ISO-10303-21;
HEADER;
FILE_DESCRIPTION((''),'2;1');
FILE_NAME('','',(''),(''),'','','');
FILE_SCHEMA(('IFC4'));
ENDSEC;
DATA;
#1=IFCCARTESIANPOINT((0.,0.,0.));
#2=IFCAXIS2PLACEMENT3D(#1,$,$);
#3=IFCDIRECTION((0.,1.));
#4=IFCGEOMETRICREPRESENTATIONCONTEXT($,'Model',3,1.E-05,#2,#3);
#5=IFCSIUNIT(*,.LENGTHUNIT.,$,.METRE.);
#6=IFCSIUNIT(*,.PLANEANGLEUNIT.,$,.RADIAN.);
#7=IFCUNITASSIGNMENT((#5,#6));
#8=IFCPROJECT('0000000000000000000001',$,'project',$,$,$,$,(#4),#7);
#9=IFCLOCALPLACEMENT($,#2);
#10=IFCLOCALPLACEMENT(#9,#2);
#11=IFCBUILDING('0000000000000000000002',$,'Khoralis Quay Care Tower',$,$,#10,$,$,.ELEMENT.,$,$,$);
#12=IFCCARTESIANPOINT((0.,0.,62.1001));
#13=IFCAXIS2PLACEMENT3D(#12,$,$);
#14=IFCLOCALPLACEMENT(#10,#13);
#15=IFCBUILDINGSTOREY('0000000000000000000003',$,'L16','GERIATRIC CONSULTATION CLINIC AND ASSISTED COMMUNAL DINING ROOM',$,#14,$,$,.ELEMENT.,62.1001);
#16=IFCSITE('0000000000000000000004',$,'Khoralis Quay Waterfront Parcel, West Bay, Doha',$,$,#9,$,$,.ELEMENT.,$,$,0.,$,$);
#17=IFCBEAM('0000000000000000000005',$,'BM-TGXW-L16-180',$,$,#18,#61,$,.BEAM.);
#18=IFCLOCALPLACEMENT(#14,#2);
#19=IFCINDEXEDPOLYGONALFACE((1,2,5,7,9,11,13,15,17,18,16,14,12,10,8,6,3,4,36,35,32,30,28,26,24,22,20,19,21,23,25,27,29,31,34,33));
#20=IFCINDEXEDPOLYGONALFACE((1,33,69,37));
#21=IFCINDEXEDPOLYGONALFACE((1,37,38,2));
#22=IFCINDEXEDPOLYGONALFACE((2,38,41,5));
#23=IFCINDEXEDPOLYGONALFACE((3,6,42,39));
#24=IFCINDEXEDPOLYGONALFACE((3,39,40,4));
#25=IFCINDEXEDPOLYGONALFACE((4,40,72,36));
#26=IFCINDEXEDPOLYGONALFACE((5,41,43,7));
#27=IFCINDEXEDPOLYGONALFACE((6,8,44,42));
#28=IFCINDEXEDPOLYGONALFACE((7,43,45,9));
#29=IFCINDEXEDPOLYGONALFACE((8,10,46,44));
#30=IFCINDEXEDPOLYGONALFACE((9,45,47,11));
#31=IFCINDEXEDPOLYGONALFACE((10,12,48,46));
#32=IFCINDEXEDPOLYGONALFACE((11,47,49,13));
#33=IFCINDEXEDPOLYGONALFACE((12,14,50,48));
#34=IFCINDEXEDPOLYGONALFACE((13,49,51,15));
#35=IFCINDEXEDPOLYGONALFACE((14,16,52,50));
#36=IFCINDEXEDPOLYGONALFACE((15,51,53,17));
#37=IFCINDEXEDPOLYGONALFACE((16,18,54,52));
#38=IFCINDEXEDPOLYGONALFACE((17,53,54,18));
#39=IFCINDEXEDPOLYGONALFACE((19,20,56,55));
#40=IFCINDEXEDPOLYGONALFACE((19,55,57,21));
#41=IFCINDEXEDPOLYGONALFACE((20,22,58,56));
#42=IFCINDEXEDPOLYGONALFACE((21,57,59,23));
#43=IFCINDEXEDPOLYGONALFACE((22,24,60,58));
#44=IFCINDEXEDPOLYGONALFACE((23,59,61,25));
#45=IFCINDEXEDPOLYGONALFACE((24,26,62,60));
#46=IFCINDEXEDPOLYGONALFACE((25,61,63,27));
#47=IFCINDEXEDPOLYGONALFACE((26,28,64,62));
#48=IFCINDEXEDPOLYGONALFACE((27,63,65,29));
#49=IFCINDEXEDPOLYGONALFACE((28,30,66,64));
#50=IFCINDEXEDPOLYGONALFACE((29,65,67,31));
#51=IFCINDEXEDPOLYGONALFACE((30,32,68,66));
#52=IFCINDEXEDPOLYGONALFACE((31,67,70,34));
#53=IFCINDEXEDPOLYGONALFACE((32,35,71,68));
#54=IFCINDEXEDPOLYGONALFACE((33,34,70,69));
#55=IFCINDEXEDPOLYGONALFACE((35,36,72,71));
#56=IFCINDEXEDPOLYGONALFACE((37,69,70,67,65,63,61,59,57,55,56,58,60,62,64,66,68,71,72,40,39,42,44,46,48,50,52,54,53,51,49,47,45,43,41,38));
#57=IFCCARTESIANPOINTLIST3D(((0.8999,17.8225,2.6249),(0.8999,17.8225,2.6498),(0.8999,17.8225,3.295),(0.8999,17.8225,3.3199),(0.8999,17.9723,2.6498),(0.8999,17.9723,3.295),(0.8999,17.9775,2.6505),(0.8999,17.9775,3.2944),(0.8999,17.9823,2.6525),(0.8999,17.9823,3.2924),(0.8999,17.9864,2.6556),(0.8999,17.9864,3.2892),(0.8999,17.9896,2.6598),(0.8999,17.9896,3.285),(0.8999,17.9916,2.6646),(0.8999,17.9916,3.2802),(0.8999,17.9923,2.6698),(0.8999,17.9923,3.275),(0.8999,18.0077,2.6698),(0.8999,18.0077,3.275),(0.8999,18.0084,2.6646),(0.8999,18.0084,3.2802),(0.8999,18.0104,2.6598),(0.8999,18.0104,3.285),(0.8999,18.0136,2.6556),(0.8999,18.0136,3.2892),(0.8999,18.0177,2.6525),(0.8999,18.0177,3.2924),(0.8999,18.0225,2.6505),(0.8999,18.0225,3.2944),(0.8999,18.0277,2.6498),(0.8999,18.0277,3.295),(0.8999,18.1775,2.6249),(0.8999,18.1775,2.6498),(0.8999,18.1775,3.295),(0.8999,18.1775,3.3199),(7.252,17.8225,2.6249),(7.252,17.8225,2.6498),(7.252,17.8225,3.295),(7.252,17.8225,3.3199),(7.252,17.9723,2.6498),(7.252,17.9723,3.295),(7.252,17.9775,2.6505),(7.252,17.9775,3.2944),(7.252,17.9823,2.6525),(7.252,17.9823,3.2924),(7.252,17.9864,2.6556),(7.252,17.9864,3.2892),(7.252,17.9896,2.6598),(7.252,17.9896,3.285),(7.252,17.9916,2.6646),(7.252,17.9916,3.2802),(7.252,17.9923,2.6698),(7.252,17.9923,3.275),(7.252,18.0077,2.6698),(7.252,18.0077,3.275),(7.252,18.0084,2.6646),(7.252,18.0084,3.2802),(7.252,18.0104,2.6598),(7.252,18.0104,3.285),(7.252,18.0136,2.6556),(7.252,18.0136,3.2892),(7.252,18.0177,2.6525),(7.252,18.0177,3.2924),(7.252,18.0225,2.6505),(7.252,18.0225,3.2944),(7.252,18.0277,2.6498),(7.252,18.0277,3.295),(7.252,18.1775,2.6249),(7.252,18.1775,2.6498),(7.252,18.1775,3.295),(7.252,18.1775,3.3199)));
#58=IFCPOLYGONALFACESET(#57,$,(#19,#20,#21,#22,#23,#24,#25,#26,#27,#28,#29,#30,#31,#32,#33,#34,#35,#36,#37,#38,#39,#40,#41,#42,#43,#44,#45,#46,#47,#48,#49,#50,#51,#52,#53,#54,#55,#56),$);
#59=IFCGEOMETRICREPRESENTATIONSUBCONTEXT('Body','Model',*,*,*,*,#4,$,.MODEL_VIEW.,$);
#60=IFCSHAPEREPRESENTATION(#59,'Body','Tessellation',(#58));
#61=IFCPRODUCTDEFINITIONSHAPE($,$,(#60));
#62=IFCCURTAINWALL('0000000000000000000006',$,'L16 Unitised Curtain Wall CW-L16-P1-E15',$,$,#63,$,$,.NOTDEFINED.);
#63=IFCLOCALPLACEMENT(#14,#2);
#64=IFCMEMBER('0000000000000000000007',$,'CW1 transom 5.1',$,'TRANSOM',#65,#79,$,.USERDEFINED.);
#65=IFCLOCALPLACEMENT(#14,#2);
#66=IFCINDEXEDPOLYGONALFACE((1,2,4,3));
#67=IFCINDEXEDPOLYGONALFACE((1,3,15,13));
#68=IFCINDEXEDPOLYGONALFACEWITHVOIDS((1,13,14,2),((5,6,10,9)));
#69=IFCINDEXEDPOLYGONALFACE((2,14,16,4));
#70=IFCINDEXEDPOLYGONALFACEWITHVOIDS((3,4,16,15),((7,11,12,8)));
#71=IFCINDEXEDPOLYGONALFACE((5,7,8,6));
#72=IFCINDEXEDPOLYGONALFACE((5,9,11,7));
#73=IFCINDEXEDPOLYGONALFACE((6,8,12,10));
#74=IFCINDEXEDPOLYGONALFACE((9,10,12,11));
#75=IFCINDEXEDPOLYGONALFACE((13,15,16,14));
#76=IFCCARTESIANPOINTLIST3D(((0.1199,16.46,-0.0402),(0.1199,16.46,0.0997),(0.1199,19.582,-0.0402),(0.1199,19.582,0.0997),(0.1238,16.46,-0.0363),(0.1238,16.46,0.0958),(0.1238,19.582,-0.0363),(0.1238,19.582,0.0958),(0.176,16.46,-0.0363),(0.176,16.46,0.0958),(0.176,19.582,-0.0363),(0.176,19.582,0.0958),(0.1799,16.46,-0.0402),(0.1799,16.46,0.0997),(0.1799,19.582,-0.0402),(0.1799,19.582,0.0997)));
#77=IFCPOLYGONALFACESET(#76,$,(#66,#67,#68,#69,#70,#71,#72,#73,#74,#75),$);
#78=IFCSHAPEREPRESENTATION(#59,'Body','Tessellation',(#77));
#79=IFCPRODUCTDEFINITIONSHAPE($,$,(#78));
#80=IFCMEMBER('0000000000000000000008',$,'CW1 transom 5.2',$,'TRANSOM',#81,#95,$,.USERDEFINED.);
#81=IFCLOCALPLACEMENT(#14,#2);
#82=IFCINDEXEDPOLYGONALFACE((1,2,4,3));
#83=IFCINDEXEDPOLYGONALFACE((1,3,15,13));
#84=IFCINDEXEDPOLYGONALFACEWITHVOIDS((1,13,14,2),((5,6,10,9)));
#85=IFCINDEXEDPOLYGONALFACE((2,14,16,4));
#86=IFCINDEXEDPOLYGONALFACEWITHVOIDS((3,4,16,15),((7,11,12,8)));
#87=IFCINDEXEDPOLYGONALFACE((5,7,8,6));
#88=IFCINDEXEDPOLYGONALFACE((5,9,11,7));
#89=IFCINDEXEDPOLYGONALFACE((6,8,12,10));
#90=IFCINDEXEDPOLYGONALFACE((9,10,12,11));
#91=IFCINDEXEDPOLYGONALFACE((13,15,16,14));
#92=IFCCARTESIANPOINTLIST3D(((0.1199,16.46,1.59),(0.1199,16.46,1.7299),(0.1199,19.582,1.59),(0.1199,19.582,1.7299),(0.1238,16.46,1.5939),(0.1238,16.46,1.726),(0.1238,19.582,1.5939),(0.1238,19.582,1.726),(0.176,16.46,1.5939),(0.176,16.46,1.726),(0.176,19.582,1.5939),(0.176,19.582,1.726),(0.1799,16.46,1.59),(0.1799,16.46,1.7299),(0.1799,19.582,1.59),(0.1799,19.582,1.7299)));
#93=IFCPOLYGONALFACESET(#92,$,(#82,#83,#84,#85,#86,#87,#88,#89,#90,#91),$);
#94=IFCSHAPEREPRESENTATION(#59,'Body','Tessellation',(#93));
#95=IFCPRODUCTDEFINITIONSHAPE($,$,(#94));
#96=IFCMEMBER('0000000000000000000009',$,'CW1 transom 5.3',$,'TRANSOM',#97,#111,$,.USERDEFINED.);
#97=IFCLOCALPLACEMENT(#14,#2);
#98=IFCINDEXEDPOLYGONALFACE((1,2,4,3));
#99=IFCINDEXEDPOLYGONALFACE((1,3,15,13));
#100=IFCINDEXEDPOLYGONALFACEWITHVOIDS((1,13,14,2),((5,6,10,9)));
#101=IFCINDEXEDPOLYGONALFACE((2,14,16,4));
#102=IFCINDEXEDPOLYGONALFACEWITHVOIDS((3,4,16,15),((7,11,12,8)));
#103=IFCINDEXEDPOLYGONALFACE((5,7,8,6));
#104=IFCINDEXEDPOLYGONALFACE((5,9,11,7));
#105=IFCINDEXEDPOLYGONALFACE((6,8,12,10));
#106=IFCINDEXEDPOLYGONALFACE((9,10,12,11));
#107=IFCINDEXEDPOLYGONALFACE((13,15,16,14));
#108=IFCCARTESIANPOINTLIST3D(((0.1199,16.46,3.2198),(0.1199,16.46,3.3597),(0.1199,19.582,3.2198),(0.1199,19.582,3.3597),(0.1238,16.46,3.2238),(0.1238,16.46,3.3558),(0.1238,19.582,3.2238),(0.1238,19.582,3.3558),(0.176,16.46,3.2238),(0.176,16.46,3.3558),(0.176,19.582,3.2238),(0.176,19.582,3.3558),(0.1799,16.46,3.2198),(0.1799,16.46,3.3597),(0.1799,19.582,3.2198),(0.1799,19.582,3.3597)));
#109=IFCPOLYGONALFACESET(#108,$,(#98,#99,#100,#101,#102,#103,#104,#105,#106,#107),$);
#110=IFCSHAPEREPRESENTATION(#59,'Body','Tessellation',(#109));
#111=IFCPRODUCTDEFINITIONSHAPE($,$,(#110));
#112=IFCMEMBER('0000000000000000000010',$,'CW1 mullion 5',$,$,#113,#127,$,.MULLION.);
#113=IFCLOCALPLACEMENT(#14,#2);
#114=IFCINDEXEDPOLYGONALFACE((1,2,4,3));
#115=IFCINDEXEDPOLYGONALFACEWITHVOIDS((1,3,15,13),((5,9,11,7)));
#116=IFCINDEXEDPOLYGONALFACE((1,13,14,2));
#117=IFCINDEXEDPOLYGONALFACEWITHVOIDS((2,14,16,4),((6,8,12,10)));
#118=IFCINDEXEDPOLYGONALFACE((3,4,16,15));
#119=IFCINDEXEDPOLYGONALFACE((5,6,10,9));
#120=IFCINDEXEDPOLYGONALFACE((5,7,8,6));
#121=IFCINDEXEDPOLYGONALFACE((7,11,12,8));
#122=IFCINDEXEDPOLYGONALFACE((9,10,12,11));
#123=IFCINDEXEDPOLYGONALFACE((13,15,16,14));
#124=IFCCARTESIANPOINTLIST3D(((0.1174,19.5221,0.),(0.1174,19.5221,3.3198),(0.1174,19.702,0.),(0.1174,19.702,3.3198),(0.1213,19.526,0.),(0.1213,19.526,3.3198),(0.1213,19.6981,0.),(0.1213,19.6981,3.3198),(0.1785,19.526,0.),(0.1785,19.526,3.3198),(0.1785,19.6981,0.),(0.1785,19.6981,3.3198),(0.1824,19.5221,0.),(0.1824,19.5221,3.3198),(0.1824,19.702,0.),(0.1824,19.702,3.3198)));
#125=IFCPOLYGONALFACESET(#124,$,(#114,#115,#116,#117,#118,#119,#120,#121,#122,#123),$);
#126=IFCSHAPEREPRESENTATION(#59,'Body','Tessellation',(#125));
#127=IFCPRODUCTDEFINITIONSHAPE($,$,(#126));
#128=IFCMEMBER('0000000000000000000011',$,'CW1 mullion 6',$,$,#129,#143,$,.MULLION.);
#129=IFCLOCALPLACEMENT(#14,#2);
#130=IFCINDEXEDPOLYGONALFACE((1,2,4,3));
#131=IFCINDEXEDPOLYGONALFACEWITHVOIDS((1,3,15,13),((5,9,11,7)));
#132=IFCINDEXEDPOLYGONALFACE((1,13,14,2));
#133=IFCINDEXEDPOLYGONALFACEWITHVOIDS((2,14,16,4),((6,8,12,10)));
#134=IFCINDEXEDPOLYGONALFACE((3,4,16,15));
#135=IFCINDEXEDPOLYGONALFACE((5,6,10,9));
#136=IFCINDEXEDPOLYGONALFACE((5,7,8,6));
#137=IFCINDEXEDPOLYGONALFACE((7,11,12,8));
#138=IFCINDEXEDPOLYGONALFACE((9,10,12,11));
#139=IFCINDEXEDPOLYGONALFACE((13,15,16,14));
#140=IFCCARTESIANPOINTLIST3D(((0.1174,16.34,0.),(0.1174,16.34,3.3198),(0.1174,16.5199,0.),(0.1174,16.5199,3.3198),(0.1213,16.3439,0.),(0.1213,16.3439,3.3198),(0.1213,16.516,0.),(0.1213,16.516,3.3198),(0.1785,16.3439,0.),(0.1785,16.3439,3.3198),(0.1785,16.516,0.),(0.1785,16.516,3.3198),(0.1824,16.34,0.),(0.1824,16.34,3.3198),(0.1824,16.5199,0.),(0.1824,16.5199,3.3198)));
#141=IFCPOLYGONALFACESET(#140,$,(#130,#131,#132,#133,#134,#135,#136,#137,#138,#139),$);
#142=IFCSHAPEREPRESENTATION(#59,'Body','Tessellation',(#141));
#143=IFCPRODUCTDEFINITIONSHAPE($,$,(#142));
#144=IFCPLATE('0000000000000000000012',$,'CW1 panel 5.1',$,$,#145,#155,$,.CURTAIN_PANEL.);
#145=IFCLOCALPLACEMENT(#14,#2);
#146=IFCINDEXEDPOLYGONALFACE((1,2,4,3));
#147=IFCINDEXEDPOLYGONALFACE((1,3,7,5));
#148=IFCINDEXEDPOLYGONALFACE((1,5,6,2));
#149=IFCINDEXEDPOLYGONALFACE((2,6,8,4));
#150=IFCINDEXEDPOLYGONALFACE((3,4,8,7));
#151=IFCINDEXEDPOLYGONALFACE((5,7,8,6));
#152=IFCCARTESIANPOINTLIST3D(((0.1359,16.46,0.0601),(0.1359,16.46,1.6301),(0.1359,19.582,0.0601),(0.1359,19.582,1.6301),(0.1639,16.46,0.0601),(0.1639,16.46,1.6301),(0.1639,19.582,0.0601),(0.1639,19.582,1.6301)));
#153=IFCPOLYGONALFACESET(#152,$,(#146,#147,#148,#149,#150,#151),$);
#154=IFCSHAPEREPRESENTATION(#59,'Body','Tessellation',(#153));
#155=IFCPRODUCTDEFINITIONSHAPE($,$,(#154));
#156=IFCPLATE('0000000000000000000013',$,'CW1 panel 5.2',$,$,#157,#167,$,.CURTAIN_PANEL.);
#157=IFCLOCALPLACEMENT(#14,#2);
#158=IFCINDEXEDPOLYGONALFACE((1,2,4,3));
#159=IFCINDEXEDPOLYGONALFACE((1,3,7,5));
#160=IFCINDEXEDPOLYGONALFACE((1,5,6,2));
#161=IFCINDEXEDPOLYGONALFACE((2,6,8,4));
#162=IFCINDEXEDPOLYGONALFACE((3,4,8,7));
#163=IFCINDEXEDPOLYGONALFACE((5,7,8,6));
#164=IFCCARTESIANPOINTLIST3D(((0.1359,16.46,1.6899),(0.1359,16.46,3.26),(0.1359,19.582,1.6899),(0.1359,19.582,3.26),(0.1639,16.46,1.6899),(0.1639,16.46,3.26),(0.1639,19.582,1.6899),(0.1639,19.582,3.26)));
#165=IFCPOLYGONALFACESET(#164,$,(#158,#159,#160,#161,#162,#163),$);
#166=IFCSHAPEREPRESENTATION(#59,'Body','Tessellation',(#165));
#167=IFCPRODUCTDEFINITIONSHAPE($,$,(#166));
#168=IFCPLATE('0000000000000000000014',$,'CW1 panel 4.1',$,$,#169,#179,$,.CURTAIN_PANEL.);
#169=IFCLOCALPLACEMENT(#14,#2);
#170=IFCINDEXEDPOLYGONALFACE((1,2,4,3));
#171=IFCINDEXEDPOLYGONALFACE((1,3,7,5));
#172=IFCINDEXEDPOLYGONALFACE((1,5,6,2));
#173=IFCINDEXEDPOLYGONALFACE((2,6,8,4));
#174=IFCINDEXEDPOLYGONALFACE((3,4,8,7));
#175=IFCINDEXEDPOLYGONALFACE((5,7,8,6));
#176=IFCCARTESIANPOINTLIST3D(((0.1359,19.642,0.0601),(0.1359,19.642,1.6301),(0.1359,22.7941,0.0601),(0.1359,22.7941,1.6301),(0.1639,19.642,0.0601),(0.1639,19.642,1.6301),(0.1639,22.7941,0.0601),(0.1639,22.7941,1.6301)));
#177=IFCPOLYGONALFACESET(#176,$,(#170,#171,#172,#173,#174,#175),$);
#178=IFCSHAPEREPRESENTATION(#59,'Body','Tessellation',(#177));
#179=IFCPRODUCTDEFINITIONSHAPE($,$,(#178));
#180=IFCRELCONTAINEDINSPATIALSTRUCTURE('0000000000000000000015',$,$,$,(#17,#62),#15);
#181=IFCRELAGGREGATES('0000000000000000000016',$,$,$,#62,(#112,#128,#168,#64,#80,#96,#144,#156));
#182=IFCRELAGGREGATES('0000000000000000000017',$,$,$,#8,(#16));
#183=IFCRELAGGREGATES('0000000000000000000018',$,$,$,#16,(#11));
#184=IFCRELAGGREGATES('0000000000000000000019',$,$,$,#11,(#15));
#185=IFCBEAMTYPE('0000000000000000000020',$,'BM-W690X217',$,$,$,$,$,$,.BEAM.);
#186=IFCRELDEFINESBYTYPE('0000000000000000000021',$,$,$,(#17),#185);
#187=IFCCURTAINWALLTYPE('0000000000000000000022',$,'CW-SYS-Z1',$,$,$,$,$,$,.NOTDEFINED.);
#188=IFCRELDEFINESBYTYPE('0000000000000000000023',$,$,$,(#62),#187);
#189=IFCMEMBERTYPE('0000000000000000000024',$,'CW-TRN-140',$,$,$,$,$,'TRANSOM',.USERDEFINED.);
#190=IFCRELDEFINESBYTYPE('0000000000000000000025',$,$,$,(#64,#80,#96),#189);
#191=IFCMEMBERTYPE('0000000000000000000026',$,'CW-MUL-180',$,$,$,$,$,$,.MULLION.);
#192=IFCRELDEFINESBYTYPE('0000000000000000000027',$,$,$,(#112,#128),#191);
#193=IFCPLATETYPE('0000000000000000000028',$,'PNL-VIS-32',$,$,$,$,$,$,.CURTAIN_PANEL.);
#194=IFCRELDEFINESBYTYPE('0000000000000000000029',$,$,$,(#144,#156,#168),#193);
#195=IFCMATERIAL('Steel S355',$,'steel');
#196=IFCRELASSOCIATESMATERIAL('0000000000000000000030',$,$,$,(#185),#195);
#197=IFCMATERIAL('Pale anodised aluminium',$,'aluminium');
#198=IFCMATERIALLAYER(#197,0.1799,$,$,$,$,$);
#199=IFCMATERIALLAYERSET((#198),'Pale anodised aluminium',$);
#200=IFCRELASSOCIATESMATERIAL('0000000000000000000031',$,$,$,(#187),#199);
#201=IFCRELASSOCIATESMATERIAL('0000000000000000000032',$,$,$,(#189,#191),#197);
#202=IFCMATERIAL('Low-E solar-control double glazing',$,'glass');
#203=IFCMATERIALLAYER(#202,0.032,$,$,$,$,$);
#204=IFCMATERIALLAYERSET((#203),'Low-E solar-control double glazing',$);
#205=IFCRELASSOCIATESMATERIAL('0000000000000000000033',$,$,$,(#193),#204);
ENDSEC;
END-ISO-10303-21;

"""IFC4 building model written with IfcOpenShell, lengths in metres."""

from ifc_helpers import new_model, si_unit, direction, frame, origin, origin_2d, place, context, subcontext, project, spatial, rectangle, hollow_rectangle, i_section, extrude, source, transform, mapped, material, layer, layer_set, material_profile, profile_set, type_object, element, aggregate, save


model = new_model("IFC4")

# Units and contexts
model_context = context("Model", 3, precision=1e-05, world=origin(), true_north=direction((0.0, 1.0)))
body_context = subcontext(model_context, "Body", "Model", "MODEL_VIEW")
ifc_project = project(units=[si_unit("LENGTHUNIT", "METRE"), si_unit("PLANEANGLEUNIT", "RADIAN")], contexts=[model_context])

# Site, building, storey
site_placement = place(None, origin())
site = spatial("IfcSite", under=ifc_project, at=site_placement, Name="Khoralis Quay Waterfront Parcel, West Bay, Doha", CompositionType="ELEMENT", RefElevation=0.0)
building_placement = place(site_placement, origin())
building = spatial("IfcBuilding", under=site, at=building_placement, Name="Khoralis Quay Care Tower", CompositionType="ELEMENT")
storey_placement = place(building_placement, frame((0.0, 0.0, 62.1001)))
storey = spatial("IfcBuildingStorey", under=building, at=storey_placement, Name="L16", Description="GERIATRIC CONSULTATION CLINIC AND ASSISTED COMMUNAL DINING ROOM", CompositionType="ELEMENT", Elevation=62.1001)

# Beam
ifc_material_1 = material(Name="Steel S355", Category="steel")
ifc_material_profile_1 = material_profile(ifc_material_1, i_section(OverallWidth=0.355, OverallDepth=0.6951, WebThickness=0.0154, FlangeThickness=0.0249, FilletRadius=0.02, at=origin_2d()), Name="Steel S355")
ifc_profile_set_1 = profile_set([ifc_material_profile_1], Name="Steel S355")
beam_type_1 = type_object("IfcBeamType", Name="BM-W690X217", PredefinedType="BEAM", material=ifc_profile_set_1)
shared_shape_1 = source(origin(), body_context, "Body", "SweptSolid", [
    extrude(i_section(OverallWidth=0.355, OverallDepth=0.6951, WebThickness=0.0154, FlangeThickness=0.0249, FilletRadius=0.02, at=origin_2d()), origin(), (0.0, 0.0, 1.0), 6.3521),
])
beam_1_placement = place(storey_placement, frame((0.8999, 18.0, 2.9724), z_axis=(1.0, 0.0, 0.0), x_axis=(0.0, 1.0, 0.0)))
element("IfcBeam", 1, at=beam_1_placement, inside=storey, type_object=beam_type_1, Name="BM-TGXW-L16-180", PredefinedType="BEAM", context=body_context, shape_type="MappedRepresentation", body=[
    mapped(shared_shape_1, transform((0.0, 0.0, 0.0), scale=1.0)),
])

# Curtain wall, members, plates
ifc_material_2 = material(Name="Pale anodised aluminium", Category="aluminium")
ifc_layer_1 = layer(ifc_material_2, 0.1799)
ifc_layer_set_1 = layer_set([ifc_layer_1], Name="Pale anodised aluminium")
curtain_wall_type = type_object("IfcCurtainWallType", Name="CW-SYS-Z1", PredefinedType="NOTDEFINED", material=ifc_layer_set_1)
curtain_wall_placement = place(storey_placement, origin())
curtain_wall = element("IfcCurtainWall", 2, at=curtain_wall_placement, inside=storey, type_object=curtain_wall_type, Name="L16 Unitised Curtain Wall CW-L16-P1-E15", PredefinedType="NOTDEFINED")
ifc_material_profile_2 = material_profile(ifc_material_2, hollow_rectangle(XDim=0.0601, YDim=0.1399, WallThickness=0.0039, at=origin_2d()), Name="Pale anodised aluminium")
ifc_profile_set_2 = profile_set([ifc_material_profile_2], Name="Pale anodised aluminium")
member_type_1 = type_object("IfcMemberType", Name="CW-TRN-140", ElementType="TRANSOM", PredefinedType="USERDEFINED", material=ifc_profile_set_2)
shared_shape_2 = source(origin(), body_context, "Body", "SweptSolid", [
    extrude(hollow_rectangle(XDim=0.0601, YDim=0.1399, WallThickness=0.0039, at=origin_2d()), origin(), (0.0, 0.0, 1.0), 3.1221),
])
member_1_placement = place(storey_placement, frame((0.1499, 19.582, 0.0298), z_axis=(0.0, -1.0, 0.0), x_axis=(1.0, 0.0, 0.0)))
member_1 = element("IfcMember", 3, at=member_1_placement, type_object=member_type_1, Name="CW1 transom 5.1", ObjectType="TRANSOM", PredefinedType="USERDEFINED", context=body_context, shape_type="MappedRepresentation", body=[
    mapped(shared_shape_2, transform((0.0, 0.0, 0.0), scale=1.0)),
])
member_2_placement = place(storey_placement, frame((0.1499, 19.582, 1.6599), z_axis=(0.0, -1.0, 0.0), x_axis=(1.0, 0.0, 0.0)))
member_2 = element("IfcMember", 4, at=member_2_placement, type_object=member_type_1, Name="CW1 transom 5.2", ObjectType="TRANSOM", PredefinedType="USERDEFINED", context=body_context, shape_type="MappedRepresentation", body=[
    mapped(shared_shape_2, transform((0.0, 0.0, 0.0), scale=1.0)),
])
member_3_placement = place(storey_placement, frame((0.1499, 19.582, 3.2898), z_axis=(0.0, -1.0, 0.0), x_axis=(1.0, 0.0, 0.0)))
member_3 = element("IfcMember", 5, at=member_3_placement, type_object=member_type_1, Name="CW1 transom 5.3", ObjectType="TRANSOM", PredefinedType="USERDEFINED", context=body_context, shape_type="MappedRepresentation", body=[
    mapped(shared_shape_2, transform((0.0, 0.0, 0.0), scale=1.0)),
])
ifc_material_profile_3 = material_profile(ifc_material_2, hollow_rectangle(XDim=0.0649, YDim=0.1799, WallThickness=0.0039, at=origin_2d()), Name="Pale anodised aluminium")
ifc_profile_set_3 = profile_set([ifc_material_profile_3], Name="Pale anodised aluminium")
member_type_2 = type_object("IfcMemberType", Name="CW-MUL-180", PredefinedType="MULLION", material=ifc_profile_set_3)
shared_shape_3 = source(origin(), body_context, "Body", "SweptSolid", [
    extrude(hollow_rectangle(XDim=0.0649, YDim=0.1799, WallThickness=0.0039, at=origin_2d()), origin(), (0.0, 0.0, 1.0), 3.3198),
])
member_4_placement = place(storey_placement, frame((0.1499, 19.6121, 0.0), z_axis=(0.0, 0.0, 1.0), x_axis=(1.0, 0.0, 0.0)))
member_4 = element("IfcMember", 6, at=member_4_placement, type_object=member_type_2, Name="CW1 mullion 5", PredefinedType="MULLION", context=body_context, shape_type="MappedRepresentation", body=[
    mapped(shared_shape_3, transform((0.0, 0.0, 0.0), scale=1.0)),
])
member_5_placement = place(storey_placement, frame((0.1499, 16.4299, 0.0), z_axis=(0.0, 0.0, 1.0), x_axis=(1.0, 0.0, 0.0)))
member_5 = element("IfcMember", 7, at=member_5_placement, type_object=member_type_2, Name="CW1 mullion 6", PredefinedType="MULLION", context=body_context, shape_type="MappedRepresentation", body=[
    mapped(shared_shape_3, transform((0.0, 0.0, 0.0), scale=1.0)),
])
ifc_material_3 = material(Name="Low-E solar-control double glazing", Category="glass")
ifc_layer_2 = layer(ifc_material_3, 0.032)
ifc_layer_set_2 = layer_set([ifc_layer_2], Name="Low-E solar-control double glazing")
plate_type = type_object("IfcPlateType", Name="PNL-VIS-32", PredefinedType="CURTAIN_PANEL", material=ifc_layer_set_2)
shared_shape_4 = source(origin(), body_context, "Body", "SweptSolid", [
    extrude(rectangle(XDim=3.1221, YDim=0.0281, at=origin_2d()), origin(), (0.0, 0.0, 1.0), 1.5701),
])
plate_1_placement = place(storey_placement, frame((0.1499, 18.021, 0.0601), z_axis=(0.0, 0.0, 1.0), x_axis=(0.0, -1.0, 0.0)))
plate_1 = element("IfcPlate", 8, at=plate_1_placement, type_object=plate_type, Name="CW1 panel 5.1", PredefinedType="CURTAIN_PANEL", context=body_context, shape_type="MappedRepresentation", body=[
    mapped(shared_shape_4, transform((0.0, 0.0, 0.0), scale=1.0)),
])
plate_2_placement = place(storey_placement, frame((0.1499, 18.021, 1.6899), z_axis=(0.0, 0.0, 1.0), x_axis=(0.0, -1.0, 0.0)))
plate_2 = element("IfcPlate", 9, at=plate_2_placement, type_object=plate_type, Name="CW1 panel 5.2", PredefinedType="CURTAIN_PANEL", context=body_context, shape_type="MappedRepresentation", body=[
    mapped(shared_shape_4, transform((0.0, 0.0, 0.0), scale=1.0)),
])
shared_shape_5 = source(origin(), body_context, "Body", "SweptSolid", [
    extrude(rectangle(XDim=3.1521, YDim=0.0281, at=origin_2d()), origin(), (0.0, 0.0, 1.0), 1.5701),
])
plate_3_placement = place(storey_placement, frame((0.1499, 21.218, 0.0601), z_axis=(0.0, 0.0, 1.0), x_axis=(0.0, -1.0, 0.0)))
plate_3 = element("IfcPlate", 10, at=plate_3_placement, type_object=plate_type, Name="CW1 panel 4.1", PredefinedType="CURTAIN_PANEL", context=body_context, shape_type="MappedRepresentation", body=[
    mapped(shared_shape_5, transform((0.0, 0.0, 0.0), scale=1.0)),
])
aggregate(curtain_wall, [member_4, member_5, plate_3, member_1, member_2, member_3, plate_1, plate_2])

save(model, "model.ifc")
